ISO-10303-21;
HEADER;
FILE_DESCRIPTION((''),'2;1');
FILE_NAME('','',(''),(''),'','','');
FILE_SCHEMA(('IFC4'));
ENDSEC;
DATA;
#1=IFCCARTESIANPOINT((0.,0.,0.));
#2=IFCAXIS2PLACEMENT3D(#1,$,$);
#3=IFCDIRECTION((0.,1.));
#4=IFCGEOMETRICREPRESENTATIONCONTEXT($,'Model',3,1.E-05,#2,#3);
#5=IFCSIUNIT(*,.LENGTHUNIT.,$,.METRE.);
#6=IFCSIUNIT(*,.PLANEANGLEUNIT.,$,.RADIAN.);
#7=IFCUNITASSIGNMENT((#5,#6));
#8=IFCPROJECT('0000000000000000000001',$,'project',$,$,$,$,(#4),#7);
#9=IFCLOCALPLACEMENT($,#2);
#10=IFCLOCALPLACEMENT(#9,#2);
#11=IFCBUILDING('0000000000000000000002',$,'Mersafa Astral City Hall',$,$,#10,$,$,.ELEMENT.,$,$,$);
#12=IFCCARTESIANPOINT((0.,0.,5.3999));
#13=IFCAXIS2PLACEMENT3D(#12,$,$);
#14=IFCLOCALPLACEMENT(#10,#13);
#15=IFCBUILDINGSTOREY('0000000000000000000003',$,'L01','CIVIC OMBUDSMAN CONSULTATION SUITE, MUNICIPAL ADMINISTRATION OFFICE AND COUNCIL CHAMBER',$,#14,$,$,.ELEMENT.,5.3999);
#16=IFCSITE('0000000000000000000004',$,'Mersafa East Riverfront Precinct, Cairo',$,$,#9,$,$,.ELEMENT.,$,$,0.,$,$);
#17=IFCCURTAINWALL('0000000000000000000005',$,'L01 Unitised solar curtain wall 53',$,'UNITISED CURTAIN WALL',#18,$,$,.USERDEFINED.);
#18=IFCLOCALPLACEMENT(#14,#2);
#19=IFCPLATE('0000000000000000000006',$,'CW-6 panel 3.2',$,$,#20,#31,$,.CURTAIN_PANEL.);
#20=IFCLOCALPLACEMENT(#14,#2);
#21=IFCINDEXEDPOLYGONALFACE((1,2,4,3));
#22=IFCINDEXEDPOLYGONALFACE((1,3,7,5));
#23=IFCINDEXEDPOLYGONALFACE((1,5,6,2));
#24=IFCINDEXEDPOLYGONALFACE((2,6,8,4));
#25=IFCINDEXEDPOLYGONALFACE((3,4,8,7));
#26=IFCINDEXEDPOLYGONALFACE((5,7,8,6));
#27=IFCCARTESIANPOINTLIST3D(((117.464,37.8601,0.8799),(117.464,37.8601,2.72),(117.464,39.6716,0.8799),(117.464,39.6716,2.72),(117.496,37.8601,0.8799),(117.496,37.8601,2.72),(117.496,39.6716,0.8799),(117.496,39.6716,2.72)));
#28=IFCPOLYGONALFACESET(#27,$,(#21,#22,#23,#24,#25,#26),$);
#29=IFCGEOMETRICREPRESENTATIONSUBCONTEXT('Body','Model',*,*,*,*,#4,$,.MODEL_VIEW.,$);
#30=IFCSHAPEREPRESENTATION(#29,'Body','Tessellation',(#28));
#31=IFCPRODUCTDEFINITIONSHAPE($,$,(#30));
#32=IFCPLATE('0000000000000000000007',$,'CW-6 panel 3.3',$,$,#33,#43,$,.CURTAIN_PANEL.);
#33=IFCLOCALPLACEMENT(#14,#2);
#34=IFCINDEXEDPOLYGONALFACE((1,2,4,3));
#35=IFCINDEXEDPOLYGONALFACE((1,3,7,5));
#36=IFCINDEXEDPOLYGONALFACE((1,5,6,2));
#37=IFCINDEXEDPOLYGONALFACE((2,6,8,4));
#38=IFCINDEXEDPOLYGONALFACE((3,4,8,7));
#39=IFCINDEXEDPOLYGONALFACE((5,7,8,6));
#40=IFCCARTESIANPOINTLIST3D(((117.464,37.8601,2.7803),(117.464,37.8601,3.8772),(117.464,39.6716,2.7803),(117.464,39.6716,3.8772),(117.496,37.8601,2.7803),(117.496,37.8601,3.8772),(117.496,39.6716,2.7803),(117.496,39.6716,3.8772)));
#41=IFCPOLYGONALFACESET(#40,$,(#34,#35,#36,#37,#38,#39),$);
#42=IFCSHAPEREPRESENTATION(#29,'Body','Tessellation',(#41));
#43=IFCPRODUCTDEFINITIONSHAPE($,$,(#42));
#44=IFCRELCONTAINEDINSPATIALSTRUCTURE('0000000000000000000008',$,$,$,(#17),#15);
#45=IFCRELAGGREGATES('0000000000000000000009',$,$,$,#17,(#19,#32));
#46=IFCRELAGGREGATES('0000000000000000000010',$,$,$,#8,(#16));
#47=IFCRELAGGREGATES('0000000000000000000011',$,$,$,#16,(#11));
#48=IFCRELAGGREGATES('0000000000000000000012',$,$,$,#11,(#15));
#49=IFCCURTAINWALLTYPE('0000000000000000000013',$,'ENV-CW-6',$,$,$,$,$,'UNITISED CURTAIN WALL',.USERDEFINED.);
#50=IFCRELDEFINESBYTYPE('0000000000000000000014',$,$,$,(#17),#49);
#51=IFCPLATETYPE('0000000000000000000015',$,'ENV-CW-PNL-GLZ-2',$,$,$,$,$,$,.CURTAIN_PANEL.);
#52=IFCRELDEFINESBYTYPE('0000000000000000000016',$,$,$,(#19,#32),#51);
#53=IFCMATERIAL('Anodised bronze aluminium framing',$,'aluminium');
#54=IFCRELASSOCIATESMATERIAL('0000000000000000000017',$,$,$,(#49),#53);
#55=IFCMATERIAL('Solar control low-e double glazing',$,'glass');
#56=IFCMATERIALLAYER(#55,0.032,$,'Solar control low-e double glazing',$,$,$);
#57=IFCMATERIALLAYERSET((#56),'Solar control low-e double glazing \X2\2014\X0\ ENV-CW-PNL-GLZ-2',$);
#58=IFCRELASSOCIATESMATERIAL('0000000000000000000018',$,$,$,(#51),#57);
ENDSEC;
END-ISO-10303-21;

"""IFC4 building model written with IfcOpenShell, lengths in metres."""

from ifc_helpers import new_model, si_unit, direction, frame, origin, origin_2d, place, context, subcontext, project, spatial, rectangle, extrude, material, layer, layer_set, type_object, element, aggregate, save


model = new_model("IFC4")

# Units and contexts
model_context = context("Model", 3, precision=1e-05, world=origin(), true_north=direction((0.0, 1.0)))
body_context = subcontext(model_context, "Body", "Model", "MODEL_VIEW")
ifc_project = project(units=[si_unit("LENGTHUNIT", "METRE"), si_unit("PLANEANGLEUNIT", "RADIAN")], contexts=[model_context])

# Site, building, storey
site_placement = place(None, origin())
site = spatial("IfcSite", under=ifc_project, at=site_placement, Name="Mersafa East Riverfront Precinct, Cairo", CompositionType="ELEMENT", RefElevation=0.0)
building_placement = place(site_placement, origin())
building = spatial("IfcBuilding", under=site, at=building_placement, Name="Mersafa Astral City Hall", CompositionType="ELEMENT")
storey_placement = place(building_placement, frame((0.0, 0.0, 5.3999)))
storey = spatial("IfcBuildingStorey", under=building, at=storey_placement, Name="L01", Description="CIVIC OMBUDSMAN CONSULTATION SUITE, MUNICIPAL ADMINISTRATION OFFICE AND COUNCIL CHAMBER", CompositionType="ELEMENT", Elevation=5.3999)

# Curtain wall
ifc_material_1 = material(Name="Anodised bronze aluminium framing", Category="aluminium")
curtain_wall_type = type_object("IfcCurtainWallType", Name="ENV-CW-6", ElementType="UNITISED CURTAIN WALL", PredefinedType="USERDEFINED", material=ifc_material_1)
curtain_wall_placement = place(storey_placement, origin())
curtain_wall = element("IfcCurtainWall", 1, at=curtain_wall_placement, inside=storey, type_object=curtain_wall_type, Name="L01 Unitised solar curtain wall 53", ObjectType="UNITISED CURTAIN WALL", PredefinedType="USERDEFINED")

# Plates
ifc_material_2 = material(Name="Solar control low-e double glazing", Category="glass")
ifc_layer = layer(ifc_material_2, 0.032, Name="Solar control low-e double glazing")
ifc_layer_set = layer_set([ifc_layer], Name="Solar control low-e double glazing — ENV-CW-PNL-GLZ-2")
plate_type = type_object("IfcPlateType", Name="ENV-CW-PNL-GLZ-2", PredefinedType="CURTAIN_PANEL", material=ifc_layer_set)
plate_1_placement = place(storey_placement, frame((117.48, 38.7659, 0.8799), z_axis=(0.0, 0.0, 1.0), x_axis=(0.0, 1.0, 0.0)))
plate_1 = element("IfcPlate", 2, at=plate_1_placement, type_object=plate_type, Name="CW-6 panel 3.2", PredefinedType="CURTAIN_PANEL", context=body_context, shape_type="SweptSolid", body=[
    extrude(rectangle(XDim=1.8115, YDim=0.032, at=origin_2d()), origin(), (0.0, 0.0, 1.0), 1.8401),
])
plate_2_placement = place(storey_placement, frame((117.48, 38.7659, 2.7803), z_axis=(0.0, 0.0, 1.0), x_axis=(0.0, 1.0, 0.0)))
plate_2 = element("IfcPlate", 3, at=plate_2_placement, type_object=plate_type, Name="CW-6 panel 3.3", PredefinedType="CURTAIN_PANEL", context=body_context, shape_type="SweptSolid", body=[
    extrude(rectangle(XDim=1.8115, YDim=0.032, at=origin_2d()), origin(), (0.0, 0.0, 1.0), 1.0969),
])
aggregate(curtain_wall, [plate_1, plate_2])

save(model, "model.ifc")
